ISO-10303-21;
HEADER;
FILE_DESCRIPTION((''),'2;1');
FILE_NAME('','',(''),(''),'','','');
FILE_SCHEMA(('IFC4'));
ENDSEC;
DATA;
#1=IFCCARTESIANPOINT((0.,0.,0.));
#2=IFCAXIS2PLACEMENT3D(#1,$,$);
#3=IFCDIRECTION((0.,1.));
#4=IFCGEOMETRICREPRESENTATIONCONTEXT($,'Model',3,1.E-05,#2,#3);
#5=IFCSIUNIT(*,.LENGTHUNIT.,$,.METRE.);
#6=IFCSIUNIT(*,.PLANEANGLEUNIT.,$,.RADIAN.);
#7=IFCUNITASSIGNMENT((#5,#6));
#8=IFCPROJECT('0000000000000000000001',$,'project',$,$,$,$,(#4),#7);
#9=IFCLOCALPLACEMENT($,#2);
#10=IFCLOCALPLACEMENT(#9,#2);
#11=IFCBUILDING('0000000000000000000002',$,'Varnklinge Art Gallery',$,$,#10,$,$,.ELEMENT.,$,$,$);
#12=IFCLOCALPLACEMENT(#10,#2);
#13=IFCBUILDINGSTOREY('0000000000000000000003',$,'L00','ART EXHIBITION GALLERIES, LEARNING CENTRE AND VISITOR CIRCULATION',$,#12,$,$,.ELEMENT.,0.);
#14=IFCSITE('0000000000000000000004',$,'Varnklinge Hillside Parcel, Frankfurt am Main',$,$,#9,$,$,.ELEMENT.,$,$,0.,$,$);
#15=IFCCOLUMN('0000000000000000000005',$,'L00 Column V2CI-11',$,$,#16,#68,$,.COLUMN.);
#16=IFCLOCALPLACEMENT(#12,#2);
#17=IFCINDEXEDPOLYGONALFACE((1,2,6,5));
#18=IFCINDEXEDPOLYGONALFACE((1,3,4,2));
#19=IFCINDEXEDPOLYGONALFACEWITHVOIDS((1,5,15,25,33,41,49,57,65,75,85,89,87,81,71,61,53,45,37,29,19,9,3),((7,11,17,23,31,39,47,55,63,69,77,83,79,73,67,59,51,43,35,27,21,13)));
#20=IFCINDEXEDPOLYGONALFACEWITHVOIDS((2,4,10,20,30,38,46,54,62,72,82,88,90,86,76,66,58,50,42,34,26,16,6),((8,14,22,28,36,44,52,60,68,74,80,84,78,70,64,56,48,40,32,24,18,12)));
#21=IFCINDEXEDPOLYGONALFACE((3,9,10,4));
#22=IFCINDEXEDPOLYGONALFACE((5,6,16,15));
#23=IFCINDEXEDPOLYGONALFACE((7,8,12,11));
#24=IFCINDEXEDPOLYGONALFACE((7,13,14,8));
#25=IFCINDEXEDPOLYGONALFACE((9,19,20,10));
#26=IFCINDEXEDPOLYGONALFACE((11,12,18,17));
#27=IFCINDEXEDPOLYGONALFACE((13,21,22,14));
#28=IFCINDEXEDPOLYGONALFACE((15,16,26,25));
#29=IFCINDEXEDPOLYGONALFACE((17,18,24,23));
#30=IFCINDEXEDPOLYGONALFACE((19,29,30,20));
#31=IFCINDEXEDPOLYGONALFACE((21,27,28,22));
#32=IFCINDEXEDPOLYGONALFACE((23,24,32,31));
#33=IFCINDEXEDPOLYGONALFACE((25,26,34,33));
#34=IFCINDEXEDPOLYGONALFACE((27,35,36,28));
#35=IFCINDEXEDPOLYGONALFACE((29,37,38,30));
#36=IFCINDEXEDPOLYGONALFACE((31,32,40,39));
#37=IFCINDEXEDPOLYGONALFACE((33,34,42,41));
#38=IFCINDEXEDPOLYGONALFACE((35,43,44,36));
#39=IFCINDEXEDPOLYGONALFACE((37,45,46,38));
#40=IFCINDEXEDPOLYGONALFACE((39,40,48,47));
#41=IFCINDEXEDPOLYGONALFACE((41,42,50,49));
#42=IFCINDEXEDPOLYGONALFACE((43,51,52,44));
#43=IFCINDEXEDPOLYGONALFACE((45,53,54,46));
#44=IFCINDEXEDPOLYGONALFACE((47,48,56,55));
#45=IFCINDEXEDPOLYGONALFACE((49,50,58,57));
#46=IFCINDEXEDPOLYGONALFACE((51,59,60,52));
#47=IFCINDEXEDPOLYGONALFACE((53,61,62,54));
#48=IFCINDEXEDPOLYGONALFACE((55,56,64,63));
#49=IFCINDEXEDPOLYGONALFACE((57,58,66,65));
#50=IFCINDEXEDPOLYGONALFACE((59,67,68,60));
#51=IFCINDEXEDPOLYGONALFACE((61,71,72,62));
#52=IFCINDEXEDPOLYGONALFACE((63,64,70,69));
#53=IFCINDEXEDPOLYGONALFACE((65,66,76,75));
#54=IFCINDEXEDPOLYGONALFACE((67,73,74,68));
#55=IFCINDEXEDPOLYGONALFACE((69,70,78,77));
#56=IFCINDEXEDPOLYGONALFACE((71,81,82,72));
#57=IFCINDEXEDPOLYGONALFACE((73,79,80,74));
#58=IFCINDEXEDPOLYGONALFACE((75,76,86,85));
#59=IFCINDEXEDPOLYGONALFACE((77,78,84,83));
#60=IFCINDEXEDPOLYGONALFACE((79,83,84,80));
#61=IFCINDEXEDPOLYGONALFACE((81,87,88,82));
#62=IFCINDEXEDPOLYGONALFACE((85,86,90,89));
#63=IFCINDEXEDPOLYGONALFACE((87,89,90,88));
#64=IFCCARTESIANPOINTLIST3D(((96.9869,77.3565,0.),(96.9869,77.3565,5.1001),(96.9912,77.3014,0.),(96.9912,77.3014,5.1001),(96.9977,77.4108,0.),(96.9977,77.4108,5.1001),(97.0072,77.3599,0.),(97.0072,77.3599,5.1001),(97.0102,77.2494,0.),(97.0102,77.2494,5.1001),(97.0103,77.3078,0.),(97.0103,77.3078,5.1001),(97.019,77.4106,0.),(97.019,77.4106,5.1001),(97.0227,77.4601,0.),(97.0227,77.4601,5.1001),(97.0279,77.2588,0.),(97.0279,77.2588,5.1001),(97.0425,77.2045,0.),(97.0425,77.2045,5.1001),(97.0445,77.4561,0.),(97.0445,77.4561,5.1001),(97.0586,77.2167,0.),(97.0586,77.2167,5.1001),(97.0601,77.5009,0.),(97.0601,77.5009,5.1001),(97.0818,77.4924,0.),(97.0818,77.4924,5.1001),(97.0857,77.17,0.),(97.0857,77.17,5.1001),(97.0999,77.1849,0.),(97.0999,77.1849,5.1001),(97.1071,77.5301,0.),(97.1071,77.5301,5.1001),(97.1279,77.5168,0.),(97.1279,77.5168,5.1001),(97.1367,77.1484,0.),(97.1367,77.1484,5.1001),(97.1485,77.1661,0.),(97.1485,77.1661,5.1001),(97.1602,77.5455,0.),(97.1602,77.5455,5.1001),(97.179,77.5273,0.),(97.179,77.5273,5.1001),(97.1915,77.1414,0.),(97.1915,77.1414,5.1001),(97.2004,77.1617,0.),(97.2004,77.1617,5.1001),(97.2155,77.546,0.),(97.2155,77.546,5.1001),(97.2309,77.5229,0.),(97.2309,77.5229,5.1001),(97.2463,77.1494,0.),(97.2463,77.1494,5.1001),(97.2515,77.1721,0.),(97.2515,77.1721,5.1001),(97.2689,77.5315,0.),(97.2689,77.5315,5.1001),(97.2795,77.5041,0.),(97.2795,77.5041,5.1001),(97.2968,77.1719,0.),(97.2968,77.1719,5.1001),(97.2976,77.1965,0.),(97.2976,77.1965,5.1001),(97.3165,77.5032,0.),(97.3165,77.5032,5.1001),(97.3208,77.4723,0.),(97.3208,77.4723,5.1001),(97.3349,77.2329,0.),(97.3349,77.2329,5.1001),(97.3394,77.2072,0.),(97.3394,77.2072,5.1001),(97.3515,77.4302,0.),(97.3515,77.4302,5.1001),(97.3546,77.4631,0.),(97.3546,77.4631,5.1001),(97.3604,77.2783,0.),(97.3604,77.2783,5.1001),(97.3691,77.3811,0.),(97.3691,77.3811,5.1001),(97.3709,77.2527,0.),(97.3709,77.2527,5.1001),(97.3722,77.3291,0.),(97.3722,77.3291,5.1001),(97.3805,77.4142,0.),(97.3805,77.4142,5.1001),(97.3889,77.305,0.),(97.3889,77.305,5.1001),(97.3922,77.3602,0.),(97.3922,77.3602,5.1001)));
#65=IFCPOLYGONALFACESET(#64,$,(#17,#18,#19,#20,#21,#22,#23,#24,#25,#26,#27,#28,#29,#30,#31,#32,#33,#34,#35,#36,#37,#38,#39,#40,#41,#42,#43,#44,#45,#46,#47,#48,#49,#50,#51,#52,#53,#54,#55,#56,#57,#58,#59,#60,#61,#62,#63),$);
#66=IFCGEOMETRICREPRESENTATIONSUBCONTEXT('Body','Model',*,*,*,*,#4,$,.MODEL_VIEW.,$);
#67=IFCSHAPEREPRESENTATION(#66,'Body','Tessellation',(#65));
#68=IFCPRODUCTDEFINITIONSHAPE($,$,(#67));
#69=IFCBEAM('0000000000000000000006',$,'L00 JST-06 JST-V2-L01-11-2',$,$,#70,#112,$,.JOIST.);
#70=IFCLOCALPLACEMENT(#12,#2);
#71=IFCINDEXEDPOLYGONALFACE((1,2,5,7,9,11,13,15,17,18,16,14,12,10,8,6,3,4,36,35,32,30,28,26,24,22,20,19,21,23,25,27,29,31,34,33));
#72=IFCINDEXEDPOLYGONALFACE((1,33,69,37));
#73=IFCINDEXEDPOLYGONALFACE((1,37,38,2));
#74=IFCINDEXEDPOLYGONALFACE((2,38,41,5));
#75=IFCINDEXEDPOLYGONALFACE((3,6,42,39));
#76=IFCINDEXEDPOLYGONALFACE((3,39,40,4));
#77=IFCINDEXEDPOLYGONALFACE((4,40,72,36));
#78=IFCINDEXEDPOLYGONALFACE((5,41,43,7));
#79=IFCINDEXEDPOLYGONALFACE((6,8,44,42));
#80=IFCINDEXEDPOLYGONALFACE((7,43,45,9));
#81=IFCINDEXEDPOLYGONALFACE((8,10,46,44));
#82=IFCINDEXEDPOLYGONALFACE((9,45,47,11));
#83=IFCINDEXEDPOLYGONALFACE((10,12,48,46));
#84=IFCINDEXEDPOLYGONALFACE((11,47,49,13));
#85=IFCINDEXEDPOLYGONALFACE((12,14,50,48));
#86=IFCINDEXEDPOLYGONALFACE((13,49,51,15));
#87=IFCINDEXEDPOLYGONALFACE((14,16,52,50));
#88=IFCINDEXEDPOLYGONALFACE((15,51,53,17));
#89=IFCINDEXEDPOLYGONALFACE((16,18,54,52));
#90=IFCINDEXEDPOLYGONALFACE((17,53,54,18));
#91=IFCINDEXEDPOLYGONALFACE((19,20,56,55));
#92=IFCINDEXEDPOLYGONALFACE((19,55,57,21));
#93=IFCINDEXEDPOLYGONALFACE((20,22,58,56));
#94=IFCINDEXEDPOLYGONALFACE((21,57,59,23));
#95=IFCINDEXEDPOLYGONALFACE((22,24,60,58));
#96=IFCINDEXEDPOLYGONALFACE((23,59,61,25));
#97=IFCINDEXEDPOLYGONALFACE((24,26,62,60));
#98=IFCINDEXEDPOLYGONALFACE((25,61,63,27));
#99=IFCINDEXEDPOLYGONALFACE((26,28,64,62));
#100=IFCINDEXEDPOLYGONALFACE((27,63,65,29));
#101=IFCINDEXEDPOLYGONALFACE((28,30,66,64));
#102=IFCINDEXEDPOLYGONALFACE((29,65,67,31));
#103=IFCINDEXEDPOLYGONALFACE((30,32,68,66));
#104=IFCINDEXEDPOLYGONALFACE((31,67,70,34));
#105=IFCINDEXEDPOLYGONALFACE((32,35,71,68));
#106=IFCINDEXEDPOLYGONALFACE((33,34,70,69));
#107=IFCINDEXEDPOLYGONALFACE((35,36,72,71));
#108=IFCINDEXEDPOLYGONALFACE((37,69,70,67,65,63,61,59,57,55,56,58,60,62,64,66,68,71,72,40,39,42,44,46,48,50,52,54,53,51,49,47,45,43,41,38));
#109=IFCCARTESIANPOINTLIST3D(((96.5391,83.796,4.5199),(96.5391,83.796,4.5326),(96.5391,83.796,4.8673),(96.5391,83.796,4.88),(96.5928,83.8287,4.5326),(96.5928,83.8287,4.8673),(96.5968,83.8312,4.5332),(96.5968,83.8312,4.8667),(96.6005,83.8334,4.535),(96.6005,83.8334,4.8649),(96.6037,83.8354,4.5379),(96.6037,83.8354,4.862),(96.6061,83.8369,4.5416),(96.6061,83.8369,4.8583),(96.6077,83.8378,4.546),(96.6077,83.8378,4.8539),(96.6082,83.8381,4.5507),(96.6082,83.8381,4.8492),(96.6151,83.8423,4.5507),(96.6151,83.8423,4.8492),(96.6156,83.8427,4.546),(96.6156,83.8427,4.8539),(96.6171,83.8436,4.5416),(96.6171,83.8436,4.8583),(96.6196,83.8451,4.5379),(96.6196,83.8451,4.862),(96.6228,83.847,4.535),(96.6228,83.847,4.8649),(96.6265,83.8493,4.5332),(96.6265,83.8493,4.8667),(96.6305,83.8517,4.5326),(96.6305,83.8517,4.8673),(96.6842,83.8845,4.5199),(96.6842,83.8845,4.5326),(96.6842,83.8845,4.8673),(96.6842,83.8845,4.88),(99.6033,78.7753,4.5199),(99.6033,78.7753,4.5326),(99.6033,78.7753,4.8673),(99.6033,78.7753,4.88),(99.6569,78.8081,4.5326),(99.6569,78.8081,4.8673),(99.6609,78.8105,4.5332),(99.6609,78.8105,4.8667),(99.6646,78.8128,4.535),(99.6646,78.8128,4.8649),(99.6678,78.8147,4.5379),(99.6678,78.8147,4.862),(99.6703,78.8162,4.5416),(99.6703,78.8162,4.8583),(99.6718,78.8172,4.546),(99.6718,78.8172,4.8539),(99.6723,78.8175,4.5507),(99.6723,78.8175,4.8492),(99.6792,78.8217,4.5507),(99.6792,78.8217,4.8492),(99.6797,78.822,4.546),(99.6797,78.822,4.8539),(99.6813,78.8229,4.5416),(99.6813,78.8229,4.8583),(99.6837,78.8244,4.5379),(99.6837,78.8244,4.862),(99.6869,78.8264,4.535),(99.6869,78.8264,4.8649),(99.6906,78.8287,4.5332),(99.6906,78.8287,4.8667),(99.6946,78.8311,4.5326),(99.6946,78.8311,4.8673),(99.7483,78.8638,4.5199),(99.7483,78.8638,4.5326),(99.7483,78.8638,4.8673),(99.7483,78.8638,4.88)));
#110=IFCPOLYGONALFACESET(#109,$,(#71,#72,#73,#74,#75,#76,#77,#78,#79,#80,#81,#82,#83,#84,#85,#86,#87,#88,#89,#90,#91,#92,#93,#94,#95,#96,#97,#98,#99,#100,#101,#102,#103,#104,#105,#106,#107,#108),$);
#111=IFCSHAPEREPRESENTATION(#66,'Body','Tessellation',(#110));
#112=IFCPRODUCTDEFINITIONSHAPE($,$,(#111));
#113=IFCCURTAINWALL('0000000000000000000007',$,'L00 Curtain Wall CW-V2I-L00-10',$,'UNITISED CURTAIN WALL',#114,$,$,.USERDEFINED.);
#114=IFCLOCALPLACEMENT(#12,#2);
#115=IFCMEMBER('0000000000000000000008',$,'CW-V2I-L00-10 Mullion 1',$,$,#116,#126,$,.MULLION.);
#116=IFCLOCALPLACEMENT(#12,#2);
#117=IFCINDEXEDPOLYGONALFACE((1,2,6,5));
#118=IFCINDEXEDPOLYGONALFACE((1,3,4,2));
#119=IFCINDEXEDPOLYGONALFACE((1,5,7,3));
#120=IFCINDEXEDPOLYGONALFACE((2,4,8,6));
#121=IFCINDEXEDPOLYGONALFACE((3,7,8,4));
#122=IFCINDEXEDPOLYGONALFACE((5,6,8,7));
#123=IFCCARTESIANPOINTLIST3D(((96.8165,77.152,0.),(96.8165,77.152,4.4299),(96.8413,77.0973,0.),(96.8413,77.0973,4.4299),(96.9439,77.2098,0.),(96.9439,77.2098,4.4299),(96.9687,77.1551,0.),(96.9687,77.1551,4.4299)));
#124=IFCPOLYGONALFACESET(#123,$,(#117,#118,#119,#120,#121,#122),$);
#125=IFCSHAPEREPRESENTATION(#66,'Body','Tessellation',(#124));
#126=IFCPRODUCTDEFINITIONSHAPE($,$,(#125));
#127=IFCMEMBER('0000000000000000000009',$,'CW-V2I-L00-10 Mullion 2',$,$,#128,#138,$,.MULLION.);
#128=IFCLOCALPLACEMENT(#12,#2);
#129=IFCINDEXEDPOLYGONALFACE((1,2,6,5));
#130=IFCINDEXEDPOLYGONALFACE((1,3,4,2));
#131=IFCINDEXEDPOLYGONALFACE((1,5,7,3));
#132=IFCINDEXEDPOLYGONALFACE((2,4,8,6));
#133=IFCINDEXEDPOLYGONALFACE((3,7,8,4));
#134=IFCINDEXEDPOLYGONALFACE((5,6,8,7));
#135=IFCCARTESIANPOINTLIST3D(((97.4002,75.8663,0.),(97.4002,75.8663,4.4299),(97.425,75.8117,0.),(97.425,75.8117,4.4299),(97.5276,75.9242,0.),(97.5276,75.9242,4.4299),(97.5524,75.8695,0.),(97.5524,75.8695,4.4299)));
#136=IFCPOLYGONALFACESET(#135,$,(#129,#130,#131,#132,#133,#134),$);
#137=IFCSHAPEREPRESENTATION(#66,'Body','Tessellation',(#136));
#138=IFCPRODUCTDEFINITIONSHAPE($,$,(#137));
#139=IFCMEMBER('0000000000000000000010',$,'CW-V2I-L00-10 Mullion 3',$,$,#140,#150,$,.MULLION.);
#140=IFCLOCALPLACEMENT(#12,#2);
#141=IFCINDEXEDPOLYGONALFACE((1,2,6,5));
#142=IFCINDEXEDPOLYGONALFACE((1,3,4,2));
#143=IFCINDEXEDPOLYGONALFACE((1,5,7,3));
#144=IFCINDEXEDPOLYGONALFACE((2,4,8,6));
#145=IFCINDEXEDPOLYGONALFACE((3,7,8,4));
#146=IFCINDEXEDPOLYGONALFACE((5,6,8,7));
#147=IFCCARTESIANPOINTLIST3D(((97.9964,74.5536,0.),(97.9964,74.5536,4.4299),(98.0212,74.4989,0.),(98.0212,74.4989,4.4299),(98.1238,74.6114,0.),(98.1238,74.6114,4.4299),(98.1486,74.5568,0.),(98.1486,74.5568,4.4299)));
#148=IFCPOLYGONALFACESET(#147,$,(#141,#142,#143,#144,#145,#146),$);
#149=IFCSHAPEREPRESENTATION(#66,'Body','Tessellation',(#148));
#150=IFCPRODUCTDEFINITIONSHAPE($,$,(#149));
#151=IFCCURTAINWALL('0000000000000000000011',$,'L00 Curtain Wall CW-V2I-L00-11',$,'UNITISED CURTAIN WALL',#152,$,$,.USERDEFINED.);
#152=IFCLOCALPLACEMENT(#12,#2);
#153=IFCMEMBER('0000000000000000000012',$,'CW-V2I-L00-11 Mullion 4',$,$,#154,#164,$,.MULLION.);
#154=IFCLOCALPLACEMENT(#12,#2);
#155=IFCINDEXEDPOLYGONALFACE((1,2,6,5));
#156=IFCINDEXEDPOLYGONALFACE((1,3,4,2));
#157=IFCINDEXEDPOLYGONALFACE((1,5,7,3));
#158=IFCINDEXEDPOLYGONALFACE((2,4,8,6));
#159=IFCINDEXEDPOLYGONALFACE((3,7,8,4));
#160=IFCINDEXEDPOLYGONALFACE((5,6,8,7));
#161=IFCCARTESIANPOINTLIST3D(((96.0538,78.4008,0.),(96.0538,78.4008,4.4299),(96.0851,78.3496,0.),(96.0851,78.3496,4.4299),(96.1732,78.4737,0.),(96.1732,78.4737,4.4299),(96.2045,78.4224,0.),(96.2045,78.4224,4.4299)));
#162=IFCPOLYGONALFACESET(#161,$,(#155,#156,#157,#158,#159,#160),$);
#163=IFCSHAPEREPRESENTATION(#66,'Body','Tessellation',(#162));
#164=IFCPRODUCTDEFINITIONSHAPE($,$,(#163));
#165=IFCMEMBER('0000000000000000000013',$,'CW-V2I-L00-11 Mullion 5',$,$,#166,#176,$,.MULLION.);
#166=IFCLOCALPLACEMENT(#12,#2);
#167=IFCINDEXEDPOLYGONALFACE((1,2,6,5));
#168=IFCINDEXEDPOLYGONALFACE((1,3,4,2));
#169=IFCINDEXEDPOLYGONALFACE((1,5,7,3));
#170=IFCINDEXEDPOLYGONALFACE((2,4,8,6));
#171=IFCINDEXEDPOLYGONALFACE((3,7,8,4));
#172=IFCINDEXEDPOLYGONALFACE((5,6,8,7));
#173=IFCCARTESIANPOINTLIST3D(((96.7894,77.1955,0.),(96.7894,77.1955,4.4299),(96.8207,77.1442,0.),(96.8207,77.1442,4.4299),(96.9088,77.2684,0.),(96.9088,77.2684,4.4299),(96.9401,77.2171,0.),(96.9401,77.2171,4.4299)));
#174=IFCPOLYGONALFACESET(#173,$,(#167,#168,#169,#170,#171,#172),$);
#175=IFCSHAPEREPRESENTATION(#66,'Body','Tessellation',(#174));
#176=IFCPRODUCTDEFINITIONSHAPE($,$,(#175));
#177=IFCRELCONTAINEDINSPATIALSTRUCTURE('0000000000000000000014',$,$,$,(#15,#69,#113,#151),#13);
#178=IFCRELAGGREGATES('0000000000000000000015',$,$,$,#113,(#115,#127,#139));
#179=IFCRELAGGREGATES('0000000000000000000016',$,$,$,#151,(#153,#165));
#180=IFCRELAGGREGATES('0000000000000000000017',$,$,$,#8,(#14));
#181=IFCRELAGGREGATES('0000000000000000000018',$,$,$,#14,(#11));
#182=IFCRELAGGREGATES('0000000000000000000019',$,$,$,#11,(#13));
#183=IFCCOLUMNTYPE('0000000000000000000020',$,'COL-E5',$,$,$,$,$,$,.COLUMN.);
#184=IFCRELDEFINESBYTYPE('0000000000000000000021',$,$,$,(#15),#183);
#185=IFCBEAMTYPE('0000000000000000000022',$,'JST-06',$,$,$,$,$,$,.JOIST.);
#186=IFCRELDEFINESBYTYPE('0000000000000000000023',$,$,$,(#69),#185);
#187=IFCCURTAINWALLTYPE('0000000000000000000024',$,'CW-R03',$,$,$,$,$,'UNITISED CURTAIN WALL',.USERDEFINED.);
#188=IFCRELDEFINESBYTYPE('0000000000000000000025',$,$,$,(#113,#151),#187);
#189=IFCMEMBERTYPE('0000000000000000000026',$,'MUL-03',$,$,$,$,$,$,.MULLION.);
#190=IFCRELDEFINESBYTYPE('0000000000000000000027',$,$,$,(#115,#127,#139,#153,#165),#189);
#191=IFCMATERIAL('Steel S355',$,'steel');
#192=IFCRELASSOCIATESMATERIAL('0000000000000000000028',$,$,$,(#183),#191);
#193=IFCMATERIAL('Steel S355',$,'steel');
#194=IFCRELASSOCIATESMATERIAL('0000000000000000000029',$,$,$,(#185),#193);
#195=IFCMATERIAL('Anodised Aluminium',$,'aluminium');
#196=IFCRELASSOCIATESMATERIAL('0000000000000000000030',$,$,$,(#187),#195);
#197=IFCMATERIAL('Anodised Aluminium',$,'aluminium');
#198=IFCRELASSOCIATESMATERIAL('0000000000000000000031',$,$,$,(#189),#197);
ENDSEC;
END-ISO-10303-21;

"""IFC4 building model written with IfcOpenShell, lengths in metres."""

from ifc_helpers import new_model, si_unit, direction, frame, origin, origin_2d, place, context, subcontext, project, spatial, rectangle, hollow_circle, i_section, extrude, material, material_profile, profile_set, type_object, element, aggregate, save


model = new_model("IFC4")

# Units and contexts
model_context = context("Model", 3, precision=1e-05, world=origin(), true_north=direction((0.0, 1.0)))
body_context = subcontext(model_context, "Body", "Model", "MODEL_VIEW")
ifc_project = project(units=[si_unit("LENGTHUNIT", "METRE"), si_unit("PLANEANGLEUNIT", "RADIAN")], contexts=[model_context])

# Site, building, storey
site_placement = place(None, origin())
site = spatial("IfcSite", under=ifc_project, at=site_placement, Name="Varnklinge Hillside Parcel, Frankfurt am Main", CompositionType="ELEMENT", RefElevation=0.0)
building_placement = place(site_placement, origin())
building = spatial("IfcBuilding", under=site, at=building_placement, Name="Varnklinge Art Gallery", CompositionType="ELEMENT")
storey_placement = place(building_placement, origin())
storey = spatial("IfcBuildingStorey", under=building, at=storey_placement, Name="L00", Description="ART EXHIBITION GALLERIES, LEARNING CENTRE AND VISITOR CIRCULATION", CompositionType="ELEMENT", Elevation=0.0)

# Column
ifc_material_1 = material(Name="Steel S355", Category="steel")
ifc_material_profile_1 = material_profile(ifc_material_1, hollow_circle(Radius=0.2031, WallThickness=0.02, at=origin_2d()), Name="CHS 406.4x20")
ifc_profile_set_1 = profile_set([ifc_material_profile_1], Name="Steel S355")
column_type = type_object("IfcColumnType", Name="COL-E5", PredefinedType="COLUMN", material=ifc_profile_set_1)
column_placement = place(storey_placement, frame((97.1897, 77.3445, 0.0), z_axis=(0.0, 0.0, 1.0), x_axis=(-0.883684, -0.468084, 0.0)))
element("IfcColumn", 1, at=column_placement, inside=storey, type_object=column_type, Name="L00 Column V2CI-11", PredefinedType="COLUMN", context=body_context, shape_type="SweptSolid", body=[
    extrude(hollow_circle(Radius=0.2031, WallThickness=0.02, at=origin_2d()), origin(), (0.0, 0.0, 1.0), 5.1001),
])

# Beam
ifc_material_2 = material(Name="Steel S355", Category="steel")
ifc_material_profile_2 = material_profile(ifc_material_2, i_section(OverallWidth=0.1699, OverallDepth=0.3601, WebThickness=0.0081, FlangeThickness=0.0127, FilletRadius=0.0181, at=origin_2d()), Name="IPE 360")
ifc_profile_set_2 = profile_set([ifc_material_profile_2], Name="Steel S355")
beam_type_1 = type_object("IfcBeamType", Name="JST-06", PredefinedType="JOIST", material=ifc_profile_set_2)
beam_1_placement = place(storey_placement, frame((99.6758, 78.8196, 4.7), z_axis=(-0.520951, 0.853586, 0.0), x_axis=(-0.853586, -0.520951, 0.0)))
element("IfcBeam", 2, at=beam_1_placement, inside=storey, type_object=beam_type_1, Name="L00 JST-06 JST-V2-L01-11-2", PredefinedType="JOIST", context=body_context, shape_type="SweptSolid", body=[
    extrude(i_section(OverallWidth=0.1699, OverallDepth=0.3601, WebThickness=0.0081, FlangeThickness=0.0127, FilletRadius=0.0181, at=origin_2d()), origin(), (0.0, 0.0, 1.0), 5.8818),
])

# Curtain walls, members
ifc_material_3 = material(Name="Anodised Aluminium", Category="aluminium")
curtain_wall_type = type_object("IfcCurtainWallType", Name="CW-R03", ElementType="UNITISED CURTAIN WALL", PredefinedType="USERDEFINED", material=ifc_material_3)
curtain_wall_1_placement = place(storey_placement, origin())
curtain_wall_1 = element("IfcCurtainWall", 3, at=curtain_wall_1_placement, inside=storey, type_object=curtain_wall_type, Name="L00 Curtain Wall CW-V2I-L00-10", ObjectType="UNITISED CURTAIN WALL", PredefinedType="USERDEFINED")
ifc_material_4 = material(Name="Anodised Aluminium", Category="aluminium")
ifc_material_profile_3 = material_profile(ifc_material_4, rectangle(XDim=0.0601, YDim=0.1399, at=origin_2d()), Name="ALU 60x140")
ifc_profile_set_3 = profile_set([ifc_material_profile_3], Name="Anodised Aluminium")
member_type_1 = type_object("IfcMemberType", Name="MUL-03", PredefinedType="MULLION", material=ifc_profile_set_3)
member_1_placement = place(storey_placement, frame((96.8926, 77.1536, 0.0), z_axis=(0.0, 0.0, 1.0), x_axis=(0.413422, -0.910539, 0.0)))
member_1 = element("IfcMember", 4, at=member_1_placement, type_object=member_type_1, Name="CW-V2I-L00-10 Mullion 1", PredefinedType="MULLION", context=body_context, shape_type="SweptSolid", body=[
    extrude(rectangle(XDim=0.0601, YDim=0.1399, at=origin_2d()), origin(), (0.0, 0.0, 1.0), 4.4299),
])
member_2_placement = place(storey_placement, frame((97.4763, 75.8679, 0.0), z_axis=(0.0, 0.0, 1.0), x_axis=(0.413422, -0.910539, 0.0)))
member_2 = element("IfcMember", 5, at=member_2_placement, type_object=member_type_1, Name="CW-V2I-L00-10 Mullion 2", PredefinedType="MULLION", context=body_context, shape_type="SweptSolid", body=[
    extrude(rectangle(XDim=0.0601, YDim=0.1399, at=origin_2d()), origin(), (0.0, 0.0, 1.0), 4.4299),
])
member_3_placement = place(storey_placement, frame((98.0725, 74.5552, 0.0), z_axis=(0.0, 0.0, 1.0), x_axis=(0.413422, -0.910539, 0.0)))
member_3 = element("IfcMember", 6, at=member_3_placement, type_object=member_type_1, Name="CW-V2I-L00-10 Mullion 3", PredefinedType="MULLION", context=body_context, shape_type="SweptSolid", body=[
    extrude(rectangle(XDim=0.0601, YDim=0.1399, at=origin_2d()), origin(), (0.0, 0.0, 1.0), 4.4299),
])
curtain_wall_2_placement = place(storey_placement, origin())
curtain_wall_2 = element("IfcCurtainWall", 7, at=curtain_wall_2_placement, inside=storey, type_object=curtain_wall_type, Name="L00 Curtain Wall CW-V2I-L00-11", ObjectType="UNITISED CURTAIN WALL", PredefinedType="USERDEFINED")
member_4_placement = place(storey_placement, frame((96.1292, 78.4116, 0.0), z_axis=(0.0, 0.0, 1.0), x_axis=(0.520861, -0.853642, 0.0)))
member_4 = element("IfcMember", 8, at=member_4_placement, type_object=member_type_1, Name="CW-V2I-L00-11 Mullion 4", PredefinedType="MULLION", context=body_context, shape_type="SweptSolid", body=[
    extrude(rectangle(XDim=0.0601, YDim=0.1399, at=origin_2d()), origin(), (0.0, 0.0, 1.0), 4.4299),
])
member_5_placement = place(storey_placement, frame((96.8647, 77.2063, 0.0), z_axis=(0.0, 0.0, 1.0), x_axis=(0.520861, -0.853642, 0.0)))
member_5 = element("IfcMember", 9, at=member_5_placement, type_object=member_type_1, Name="CW-V2I-L00-11 Mullion 5", PredefinedType="MULLION", context=body_context, shape_type="SweptSolid", body=[
    extrude(rectangle(XDim=0.0601, YDim=0.1399, at=origin_2d()), origin(), (0.0, 0.0, 1.0), 4.4299),
])

aggregate(curtain_wall_1, [member_1, member_2, member_3])
aggregate(curtain_wall_2, [member_4, member_5])

save(model, "model.ifc")
